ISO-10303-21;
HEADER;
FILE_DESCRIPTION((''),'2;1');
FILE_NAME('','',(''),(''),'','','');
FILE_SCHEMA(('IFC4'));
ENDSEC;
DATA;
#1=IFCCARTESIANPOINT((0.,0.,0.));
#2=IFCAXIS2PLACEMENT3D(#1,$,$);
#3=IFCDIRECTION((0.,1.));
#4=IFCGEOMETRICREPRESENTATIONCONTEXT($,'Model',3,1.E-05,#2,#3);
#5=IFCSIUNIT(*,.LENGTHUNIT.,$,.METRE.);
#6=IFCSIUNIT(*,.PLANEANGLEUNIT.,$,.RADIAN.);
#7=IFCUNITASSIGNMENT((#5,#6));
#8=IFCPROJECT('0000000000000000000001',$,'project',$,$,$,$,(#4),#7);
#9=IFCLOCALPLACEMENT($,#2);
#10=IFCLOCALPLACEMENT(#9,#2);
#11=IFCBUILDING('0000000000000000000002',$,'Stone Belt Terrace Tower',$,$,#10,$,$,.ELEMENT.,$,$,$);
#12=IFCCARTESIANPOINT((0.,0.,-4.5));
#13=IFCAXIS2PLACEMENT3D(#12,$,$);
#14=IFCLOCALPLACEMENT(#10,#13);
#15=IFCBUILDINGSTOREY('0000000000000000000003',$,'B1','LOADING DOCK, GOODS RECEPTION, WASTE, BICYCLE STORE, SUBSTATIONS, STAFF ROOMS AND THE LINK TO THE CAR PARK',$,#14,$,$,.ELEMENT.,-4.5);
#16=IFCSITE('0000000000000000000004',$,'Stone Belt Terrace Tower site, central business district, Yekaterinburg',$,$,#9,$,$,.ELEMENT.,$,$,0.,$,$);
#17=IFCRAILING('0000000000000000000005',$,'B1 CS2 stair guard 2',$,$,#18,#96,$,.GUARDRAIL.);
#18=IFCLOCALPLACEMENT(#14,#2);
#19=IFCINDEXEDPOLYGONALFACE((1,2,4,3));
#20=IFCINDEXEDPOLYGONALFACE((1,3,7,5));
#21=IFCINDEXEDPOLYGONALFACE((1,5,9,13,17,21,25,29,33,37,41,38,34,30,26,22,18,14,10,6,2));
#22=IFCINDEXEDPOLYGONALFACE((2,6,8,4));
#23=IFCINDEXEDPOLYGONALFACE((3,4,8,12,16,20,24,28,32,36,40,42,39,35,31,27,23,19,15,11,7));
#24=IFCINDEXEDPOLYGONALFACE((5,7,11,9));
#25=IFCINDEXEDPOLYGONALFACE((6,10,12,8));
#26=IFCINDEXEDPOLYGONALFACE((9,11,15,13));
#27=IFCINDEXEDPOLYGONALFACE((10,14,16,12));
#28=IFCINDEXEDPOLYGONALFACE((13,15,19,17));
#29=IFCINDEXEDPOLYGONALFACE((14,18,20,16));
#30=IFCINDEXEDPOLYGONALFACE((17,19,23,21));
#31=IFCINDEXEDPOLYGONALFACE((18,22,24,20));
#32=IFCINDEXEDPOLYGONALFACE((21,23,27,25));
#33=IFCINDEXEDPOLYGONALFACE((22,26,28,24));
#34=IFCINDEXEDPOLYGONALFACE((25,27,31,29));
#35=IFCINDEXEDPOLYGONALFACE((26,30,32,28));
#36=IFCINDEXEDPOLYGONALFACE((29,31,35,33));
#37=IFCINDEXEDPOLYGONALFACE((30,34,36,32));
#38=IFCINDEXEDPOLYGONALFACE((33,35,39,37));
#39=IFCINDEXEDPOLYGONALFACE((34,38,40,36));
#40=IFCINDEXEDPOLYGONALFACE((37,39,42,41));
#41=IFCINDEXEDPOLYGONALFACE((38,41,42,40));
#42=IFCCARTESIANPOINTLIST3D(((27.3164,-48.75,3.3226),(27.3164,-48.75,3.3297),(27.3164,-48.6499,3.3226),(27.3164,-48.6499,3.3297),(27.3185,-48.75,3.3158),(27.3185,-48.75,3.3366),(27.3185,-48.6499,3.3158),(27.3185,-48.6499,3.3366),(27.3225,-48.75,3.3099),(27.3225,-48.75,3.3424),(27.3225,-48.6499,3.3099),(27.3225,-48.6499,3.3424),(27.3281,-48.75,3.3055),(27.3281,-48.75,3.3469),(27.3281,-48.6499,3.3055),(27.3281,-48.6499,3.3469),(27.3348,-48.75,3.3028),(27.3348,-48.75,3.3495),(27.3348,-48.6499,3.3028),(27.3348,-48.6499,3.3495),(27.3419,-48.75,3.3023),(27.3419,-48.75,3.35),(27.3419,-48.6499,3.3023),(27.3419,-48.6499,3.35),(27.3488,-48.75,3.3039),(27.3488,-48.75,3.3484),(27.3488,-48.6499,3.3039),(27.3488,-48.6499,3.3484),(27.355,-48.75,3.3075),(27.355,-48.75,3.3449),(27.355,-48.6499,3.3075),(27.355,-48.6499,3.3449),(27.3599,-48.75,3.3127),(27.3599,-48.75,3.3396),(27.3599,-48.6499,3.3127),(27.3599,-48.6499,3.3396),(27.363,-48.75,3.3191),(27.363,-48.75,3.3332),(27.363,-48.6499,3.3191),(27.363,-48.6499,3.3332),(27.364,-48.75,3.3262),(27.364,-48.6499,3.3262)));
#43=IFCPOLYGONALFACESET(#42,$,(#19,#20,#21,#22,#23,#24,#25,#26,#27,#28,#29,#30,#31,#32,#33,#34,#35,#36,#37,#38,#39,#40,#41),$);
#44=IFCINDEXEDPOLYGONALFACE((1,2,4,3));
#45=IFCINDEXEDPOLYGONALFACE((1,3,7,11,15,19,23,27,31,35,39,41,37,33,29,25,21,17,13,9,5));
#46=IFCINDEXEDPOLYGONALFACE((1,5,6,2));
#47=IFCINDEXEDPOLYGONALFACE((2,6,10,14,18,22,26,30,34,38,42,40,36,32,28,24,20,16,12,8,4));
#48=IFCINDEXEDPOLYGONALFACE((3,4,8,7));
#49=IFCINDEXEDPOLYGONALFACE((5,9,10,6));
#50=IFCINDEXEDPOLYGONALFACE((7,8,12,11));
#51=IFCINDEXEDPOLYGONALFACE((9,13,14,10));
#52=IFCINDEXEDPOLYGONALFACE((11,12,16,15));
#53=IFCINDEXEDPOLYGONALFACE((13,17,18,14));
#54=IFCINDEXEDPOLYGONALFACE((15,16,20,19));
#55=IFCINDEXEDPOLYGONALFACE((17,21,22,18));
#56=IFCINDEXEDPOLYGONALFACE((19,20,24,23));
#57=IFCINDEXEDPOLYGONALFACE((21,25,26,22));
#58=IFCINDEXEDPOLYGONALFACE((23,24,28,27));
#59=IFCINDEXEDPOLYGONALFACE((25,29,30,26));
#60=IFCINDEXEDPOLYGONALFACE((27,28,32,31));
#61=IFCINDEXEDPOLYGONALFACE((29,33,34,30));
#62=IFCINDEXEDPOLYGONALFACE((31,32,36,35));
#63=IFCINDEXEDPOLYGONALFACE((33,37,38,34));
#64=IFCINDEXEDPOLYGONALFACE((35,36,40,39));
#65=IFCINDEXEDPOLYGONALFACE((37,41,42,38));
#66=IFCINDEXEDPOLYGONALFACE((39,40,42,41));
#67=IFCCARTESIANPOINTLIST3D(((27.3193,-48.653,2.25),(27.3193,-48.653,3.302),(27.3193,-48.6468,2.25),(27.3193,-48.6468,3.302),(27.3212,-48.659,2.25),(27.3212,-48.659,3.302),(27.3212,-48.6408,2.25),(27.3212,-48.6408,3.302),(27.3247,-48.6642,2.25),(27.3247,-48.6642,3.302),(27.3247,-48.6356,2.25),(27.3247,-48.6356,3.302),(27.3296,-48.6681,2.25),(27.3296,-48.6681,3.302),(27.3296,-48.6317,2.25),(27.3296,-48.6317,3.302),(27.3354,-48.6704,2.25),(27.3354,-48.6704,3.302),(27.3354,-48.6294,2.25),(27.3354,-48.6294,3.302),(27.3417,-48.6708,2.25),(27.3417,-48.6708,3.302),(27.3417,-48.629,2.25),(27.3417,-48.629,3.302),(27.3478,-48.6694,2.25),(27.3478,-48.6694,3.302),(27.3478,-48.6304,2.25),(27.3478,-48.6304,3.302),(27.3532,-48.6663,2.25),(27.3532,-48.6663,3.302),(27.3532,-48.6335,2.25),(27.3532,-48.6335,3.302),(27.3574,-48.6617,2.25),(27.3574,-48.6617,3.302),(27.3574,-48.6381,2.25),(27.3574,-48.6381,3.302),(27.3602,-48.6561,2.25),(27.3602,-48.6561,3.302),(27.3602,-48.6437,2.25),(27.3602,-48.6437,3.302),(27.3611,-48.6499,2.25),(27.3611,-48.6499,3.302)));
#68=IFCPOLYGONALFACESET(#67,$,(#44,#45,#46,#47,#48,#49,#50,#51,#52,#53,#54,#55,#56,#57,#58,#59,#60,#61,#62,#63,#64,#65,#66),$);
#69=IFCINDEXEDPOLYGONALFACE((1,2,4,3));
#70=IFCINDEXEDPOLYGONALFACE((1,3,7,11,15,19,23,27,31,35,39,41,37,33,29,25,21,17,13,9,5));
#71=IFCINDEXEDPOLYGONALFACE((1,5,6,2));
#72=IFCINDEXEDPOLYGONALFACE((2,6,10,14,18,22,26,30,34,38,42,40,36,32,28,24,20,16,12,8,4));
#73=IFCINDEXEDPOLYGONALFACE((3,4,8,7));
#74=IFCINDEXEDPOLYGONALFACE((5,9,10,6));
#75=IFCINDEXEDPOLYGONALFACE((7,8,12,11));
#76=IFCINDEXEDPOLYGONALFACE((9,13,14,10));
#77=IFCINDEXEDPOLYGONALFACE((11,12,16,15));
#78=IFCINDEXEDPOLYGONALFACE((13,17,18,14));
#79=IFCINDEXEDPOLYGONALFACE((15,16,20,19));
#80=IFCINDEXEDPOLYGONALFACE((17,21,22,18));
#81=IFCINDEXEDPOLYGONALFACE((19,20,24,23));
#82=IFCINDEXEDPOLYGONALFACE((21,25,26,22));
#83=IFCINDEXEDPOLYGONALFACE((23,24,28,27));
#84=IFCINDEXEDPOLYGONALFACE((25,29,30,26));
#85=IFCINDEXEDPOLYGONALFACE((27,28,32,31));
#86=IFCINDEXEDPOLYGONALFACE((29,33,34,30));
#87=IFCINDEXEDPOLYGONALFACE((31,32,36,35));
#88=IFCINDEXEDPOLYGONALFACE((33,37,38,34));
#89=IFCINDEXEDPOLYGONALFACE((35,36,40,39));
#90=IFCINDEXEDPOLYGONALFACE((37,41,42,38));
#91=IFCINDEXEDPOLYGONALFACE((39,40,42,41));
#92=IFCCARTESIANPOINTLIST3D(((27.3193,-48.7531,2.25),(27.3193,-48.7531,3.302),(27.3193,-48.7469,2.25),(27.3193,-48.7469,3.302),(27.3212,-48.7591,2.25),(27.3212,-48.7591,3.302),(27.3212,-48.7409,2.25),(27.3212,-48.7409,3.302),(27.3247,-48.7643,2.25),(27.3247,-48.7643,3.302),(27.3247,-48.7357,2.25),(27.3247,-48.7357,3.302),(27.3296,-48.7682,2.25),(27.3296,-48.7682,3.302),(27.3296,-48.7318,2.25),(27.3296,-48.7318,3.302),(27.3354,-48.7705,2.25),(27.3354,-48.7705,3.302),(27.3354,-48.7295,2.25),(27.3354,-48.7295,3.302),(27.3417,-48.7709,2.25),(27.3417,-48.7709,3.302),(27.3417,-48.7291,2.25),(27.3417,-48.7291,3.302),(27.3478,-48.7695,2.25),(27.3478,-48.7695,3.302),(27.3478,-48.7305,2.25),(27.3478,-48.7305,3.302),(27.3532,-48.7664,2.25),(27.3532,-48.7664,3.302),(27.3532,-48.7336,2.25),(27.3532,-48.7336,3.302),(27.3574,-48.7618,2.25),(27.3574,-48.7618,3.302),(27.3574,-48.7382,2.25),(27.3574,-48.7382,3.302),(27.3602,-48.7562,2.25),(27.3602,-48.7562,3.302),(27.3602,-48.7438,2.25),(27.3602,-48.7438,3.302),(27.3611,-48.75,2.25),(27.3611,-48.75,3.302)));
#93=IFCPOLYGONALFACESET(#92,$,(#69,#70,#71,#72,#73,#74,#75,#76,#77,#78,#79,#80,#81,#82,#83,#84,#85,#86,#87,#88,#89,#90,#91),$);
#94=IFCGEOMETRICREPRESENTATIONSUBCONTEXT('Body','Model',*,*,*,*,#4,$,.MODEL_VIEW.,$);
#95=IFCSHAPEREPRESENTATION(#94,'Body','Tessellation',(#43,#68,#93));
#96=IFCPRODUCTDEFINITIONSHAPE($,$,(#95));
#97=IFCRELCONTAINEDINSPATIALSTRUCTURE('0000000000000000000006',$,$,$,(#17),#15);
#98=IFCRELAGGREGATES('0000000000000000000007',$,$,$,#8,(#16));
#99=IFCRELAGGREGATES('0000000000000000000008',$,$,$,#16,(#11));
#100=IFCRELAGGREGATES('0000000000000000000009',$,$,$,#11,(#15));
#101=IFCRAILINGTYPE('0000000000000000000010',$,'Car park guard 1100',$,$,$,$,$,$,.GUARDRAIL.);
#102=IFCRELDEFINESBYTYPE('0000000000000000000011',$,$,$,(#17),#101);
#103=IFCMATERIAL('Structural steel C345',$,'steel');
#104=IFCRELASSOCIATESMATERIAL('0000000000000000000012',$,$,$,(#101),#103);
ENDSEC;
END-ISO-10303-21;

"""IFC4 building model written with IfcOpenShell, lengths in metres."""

from ifc_helpers import new_model, si_unit, direction, frame, origin, origin_2d, place, context, subcontext, project, spatial, circle, extrude, material, type_object, element, save


model = new_model("IFC4")

# Units and contexts
model_context = context("Model", 3, precision=1e-05, world=origin(), true_north=direction((0.0, 1.0)))
body_context = subcontext(model_context, "Body", "Model", "MODEL_VIEW")
ifc_project = project(units=[si_unit("LENGTHUNIT", "METRE"), si_unit("PLANEANGLEUNIT", "RADIAN")], contexts=[model_context])

# Site, building, storey
site_placement = place(None, origin())
site = spatial("IfcSite", under=ifc_project, at=site_placement, Name="Stone Belt Terrace Tower site, central business district, Yekaterinburg", CompositionType="ELEMENT", RefElevation=0.0)
building_placement = place(site_placement, origin())
building = spatial("IfcBuilding", under=site, at=building_placement, Name="Stone Belt Terrace Tower", CompositionType="ELEMENT")
storey_placement = place(building_placement, frame((0.0, 0.0, -4.5)))
storey = spatial("IfcBuildingStorey", under=building, at=storey_placement, Name="B1", Description="LOADING DOCK, GOODS RECEPTION, WASTE, BICYCLE STORE, SUBSTATIONS, STAFF ROOMS AND THE LINK TO THE CAR PARK", CompositionType="ELEMENT", Elevation=-4.5)

# Railing
ifc_material_1 = material(Name="Structural steel C345", Category="steel")
railing_type_1 = type_object("IfcRailingType", Name="Car park guard 1100", PredefinedType="GUARDRAIL", material=ifc_material_1)
railing_1_placement = place(storey_placement, frame((27.3401, -48.6499, 2.25)))
element("IfcRailing", 1, at=railing_1_placement, inside=storey, type_object=railing_type_1, Name="B1 CS2 stair guard 2", PredefinedType="GUARDRAIL", context=body_context, shape_type="SweptSolid", body=[
    extrude(circle(Radius=0.0239, at=origin_2d()), frame((0.0, 0.0, 1.0762), z_axis=(0.0, -1.0, 0.0), x_axis=(1.0, 0.0, 0.0)), (0.0, 0.0, 1.0), 0.1001),
    extrude(circle(Radius=0.021, at=origin_2d()), origin(), (0.0, 0.0, 1.0), 1.052),
    extrude(circle(Radius=0.021, at=origin_2d()), frame((0.0, -0.1001, 0.0)), (0.0, 0.0, 1.0), 1.052),
])

save(model, "model.ifc")
